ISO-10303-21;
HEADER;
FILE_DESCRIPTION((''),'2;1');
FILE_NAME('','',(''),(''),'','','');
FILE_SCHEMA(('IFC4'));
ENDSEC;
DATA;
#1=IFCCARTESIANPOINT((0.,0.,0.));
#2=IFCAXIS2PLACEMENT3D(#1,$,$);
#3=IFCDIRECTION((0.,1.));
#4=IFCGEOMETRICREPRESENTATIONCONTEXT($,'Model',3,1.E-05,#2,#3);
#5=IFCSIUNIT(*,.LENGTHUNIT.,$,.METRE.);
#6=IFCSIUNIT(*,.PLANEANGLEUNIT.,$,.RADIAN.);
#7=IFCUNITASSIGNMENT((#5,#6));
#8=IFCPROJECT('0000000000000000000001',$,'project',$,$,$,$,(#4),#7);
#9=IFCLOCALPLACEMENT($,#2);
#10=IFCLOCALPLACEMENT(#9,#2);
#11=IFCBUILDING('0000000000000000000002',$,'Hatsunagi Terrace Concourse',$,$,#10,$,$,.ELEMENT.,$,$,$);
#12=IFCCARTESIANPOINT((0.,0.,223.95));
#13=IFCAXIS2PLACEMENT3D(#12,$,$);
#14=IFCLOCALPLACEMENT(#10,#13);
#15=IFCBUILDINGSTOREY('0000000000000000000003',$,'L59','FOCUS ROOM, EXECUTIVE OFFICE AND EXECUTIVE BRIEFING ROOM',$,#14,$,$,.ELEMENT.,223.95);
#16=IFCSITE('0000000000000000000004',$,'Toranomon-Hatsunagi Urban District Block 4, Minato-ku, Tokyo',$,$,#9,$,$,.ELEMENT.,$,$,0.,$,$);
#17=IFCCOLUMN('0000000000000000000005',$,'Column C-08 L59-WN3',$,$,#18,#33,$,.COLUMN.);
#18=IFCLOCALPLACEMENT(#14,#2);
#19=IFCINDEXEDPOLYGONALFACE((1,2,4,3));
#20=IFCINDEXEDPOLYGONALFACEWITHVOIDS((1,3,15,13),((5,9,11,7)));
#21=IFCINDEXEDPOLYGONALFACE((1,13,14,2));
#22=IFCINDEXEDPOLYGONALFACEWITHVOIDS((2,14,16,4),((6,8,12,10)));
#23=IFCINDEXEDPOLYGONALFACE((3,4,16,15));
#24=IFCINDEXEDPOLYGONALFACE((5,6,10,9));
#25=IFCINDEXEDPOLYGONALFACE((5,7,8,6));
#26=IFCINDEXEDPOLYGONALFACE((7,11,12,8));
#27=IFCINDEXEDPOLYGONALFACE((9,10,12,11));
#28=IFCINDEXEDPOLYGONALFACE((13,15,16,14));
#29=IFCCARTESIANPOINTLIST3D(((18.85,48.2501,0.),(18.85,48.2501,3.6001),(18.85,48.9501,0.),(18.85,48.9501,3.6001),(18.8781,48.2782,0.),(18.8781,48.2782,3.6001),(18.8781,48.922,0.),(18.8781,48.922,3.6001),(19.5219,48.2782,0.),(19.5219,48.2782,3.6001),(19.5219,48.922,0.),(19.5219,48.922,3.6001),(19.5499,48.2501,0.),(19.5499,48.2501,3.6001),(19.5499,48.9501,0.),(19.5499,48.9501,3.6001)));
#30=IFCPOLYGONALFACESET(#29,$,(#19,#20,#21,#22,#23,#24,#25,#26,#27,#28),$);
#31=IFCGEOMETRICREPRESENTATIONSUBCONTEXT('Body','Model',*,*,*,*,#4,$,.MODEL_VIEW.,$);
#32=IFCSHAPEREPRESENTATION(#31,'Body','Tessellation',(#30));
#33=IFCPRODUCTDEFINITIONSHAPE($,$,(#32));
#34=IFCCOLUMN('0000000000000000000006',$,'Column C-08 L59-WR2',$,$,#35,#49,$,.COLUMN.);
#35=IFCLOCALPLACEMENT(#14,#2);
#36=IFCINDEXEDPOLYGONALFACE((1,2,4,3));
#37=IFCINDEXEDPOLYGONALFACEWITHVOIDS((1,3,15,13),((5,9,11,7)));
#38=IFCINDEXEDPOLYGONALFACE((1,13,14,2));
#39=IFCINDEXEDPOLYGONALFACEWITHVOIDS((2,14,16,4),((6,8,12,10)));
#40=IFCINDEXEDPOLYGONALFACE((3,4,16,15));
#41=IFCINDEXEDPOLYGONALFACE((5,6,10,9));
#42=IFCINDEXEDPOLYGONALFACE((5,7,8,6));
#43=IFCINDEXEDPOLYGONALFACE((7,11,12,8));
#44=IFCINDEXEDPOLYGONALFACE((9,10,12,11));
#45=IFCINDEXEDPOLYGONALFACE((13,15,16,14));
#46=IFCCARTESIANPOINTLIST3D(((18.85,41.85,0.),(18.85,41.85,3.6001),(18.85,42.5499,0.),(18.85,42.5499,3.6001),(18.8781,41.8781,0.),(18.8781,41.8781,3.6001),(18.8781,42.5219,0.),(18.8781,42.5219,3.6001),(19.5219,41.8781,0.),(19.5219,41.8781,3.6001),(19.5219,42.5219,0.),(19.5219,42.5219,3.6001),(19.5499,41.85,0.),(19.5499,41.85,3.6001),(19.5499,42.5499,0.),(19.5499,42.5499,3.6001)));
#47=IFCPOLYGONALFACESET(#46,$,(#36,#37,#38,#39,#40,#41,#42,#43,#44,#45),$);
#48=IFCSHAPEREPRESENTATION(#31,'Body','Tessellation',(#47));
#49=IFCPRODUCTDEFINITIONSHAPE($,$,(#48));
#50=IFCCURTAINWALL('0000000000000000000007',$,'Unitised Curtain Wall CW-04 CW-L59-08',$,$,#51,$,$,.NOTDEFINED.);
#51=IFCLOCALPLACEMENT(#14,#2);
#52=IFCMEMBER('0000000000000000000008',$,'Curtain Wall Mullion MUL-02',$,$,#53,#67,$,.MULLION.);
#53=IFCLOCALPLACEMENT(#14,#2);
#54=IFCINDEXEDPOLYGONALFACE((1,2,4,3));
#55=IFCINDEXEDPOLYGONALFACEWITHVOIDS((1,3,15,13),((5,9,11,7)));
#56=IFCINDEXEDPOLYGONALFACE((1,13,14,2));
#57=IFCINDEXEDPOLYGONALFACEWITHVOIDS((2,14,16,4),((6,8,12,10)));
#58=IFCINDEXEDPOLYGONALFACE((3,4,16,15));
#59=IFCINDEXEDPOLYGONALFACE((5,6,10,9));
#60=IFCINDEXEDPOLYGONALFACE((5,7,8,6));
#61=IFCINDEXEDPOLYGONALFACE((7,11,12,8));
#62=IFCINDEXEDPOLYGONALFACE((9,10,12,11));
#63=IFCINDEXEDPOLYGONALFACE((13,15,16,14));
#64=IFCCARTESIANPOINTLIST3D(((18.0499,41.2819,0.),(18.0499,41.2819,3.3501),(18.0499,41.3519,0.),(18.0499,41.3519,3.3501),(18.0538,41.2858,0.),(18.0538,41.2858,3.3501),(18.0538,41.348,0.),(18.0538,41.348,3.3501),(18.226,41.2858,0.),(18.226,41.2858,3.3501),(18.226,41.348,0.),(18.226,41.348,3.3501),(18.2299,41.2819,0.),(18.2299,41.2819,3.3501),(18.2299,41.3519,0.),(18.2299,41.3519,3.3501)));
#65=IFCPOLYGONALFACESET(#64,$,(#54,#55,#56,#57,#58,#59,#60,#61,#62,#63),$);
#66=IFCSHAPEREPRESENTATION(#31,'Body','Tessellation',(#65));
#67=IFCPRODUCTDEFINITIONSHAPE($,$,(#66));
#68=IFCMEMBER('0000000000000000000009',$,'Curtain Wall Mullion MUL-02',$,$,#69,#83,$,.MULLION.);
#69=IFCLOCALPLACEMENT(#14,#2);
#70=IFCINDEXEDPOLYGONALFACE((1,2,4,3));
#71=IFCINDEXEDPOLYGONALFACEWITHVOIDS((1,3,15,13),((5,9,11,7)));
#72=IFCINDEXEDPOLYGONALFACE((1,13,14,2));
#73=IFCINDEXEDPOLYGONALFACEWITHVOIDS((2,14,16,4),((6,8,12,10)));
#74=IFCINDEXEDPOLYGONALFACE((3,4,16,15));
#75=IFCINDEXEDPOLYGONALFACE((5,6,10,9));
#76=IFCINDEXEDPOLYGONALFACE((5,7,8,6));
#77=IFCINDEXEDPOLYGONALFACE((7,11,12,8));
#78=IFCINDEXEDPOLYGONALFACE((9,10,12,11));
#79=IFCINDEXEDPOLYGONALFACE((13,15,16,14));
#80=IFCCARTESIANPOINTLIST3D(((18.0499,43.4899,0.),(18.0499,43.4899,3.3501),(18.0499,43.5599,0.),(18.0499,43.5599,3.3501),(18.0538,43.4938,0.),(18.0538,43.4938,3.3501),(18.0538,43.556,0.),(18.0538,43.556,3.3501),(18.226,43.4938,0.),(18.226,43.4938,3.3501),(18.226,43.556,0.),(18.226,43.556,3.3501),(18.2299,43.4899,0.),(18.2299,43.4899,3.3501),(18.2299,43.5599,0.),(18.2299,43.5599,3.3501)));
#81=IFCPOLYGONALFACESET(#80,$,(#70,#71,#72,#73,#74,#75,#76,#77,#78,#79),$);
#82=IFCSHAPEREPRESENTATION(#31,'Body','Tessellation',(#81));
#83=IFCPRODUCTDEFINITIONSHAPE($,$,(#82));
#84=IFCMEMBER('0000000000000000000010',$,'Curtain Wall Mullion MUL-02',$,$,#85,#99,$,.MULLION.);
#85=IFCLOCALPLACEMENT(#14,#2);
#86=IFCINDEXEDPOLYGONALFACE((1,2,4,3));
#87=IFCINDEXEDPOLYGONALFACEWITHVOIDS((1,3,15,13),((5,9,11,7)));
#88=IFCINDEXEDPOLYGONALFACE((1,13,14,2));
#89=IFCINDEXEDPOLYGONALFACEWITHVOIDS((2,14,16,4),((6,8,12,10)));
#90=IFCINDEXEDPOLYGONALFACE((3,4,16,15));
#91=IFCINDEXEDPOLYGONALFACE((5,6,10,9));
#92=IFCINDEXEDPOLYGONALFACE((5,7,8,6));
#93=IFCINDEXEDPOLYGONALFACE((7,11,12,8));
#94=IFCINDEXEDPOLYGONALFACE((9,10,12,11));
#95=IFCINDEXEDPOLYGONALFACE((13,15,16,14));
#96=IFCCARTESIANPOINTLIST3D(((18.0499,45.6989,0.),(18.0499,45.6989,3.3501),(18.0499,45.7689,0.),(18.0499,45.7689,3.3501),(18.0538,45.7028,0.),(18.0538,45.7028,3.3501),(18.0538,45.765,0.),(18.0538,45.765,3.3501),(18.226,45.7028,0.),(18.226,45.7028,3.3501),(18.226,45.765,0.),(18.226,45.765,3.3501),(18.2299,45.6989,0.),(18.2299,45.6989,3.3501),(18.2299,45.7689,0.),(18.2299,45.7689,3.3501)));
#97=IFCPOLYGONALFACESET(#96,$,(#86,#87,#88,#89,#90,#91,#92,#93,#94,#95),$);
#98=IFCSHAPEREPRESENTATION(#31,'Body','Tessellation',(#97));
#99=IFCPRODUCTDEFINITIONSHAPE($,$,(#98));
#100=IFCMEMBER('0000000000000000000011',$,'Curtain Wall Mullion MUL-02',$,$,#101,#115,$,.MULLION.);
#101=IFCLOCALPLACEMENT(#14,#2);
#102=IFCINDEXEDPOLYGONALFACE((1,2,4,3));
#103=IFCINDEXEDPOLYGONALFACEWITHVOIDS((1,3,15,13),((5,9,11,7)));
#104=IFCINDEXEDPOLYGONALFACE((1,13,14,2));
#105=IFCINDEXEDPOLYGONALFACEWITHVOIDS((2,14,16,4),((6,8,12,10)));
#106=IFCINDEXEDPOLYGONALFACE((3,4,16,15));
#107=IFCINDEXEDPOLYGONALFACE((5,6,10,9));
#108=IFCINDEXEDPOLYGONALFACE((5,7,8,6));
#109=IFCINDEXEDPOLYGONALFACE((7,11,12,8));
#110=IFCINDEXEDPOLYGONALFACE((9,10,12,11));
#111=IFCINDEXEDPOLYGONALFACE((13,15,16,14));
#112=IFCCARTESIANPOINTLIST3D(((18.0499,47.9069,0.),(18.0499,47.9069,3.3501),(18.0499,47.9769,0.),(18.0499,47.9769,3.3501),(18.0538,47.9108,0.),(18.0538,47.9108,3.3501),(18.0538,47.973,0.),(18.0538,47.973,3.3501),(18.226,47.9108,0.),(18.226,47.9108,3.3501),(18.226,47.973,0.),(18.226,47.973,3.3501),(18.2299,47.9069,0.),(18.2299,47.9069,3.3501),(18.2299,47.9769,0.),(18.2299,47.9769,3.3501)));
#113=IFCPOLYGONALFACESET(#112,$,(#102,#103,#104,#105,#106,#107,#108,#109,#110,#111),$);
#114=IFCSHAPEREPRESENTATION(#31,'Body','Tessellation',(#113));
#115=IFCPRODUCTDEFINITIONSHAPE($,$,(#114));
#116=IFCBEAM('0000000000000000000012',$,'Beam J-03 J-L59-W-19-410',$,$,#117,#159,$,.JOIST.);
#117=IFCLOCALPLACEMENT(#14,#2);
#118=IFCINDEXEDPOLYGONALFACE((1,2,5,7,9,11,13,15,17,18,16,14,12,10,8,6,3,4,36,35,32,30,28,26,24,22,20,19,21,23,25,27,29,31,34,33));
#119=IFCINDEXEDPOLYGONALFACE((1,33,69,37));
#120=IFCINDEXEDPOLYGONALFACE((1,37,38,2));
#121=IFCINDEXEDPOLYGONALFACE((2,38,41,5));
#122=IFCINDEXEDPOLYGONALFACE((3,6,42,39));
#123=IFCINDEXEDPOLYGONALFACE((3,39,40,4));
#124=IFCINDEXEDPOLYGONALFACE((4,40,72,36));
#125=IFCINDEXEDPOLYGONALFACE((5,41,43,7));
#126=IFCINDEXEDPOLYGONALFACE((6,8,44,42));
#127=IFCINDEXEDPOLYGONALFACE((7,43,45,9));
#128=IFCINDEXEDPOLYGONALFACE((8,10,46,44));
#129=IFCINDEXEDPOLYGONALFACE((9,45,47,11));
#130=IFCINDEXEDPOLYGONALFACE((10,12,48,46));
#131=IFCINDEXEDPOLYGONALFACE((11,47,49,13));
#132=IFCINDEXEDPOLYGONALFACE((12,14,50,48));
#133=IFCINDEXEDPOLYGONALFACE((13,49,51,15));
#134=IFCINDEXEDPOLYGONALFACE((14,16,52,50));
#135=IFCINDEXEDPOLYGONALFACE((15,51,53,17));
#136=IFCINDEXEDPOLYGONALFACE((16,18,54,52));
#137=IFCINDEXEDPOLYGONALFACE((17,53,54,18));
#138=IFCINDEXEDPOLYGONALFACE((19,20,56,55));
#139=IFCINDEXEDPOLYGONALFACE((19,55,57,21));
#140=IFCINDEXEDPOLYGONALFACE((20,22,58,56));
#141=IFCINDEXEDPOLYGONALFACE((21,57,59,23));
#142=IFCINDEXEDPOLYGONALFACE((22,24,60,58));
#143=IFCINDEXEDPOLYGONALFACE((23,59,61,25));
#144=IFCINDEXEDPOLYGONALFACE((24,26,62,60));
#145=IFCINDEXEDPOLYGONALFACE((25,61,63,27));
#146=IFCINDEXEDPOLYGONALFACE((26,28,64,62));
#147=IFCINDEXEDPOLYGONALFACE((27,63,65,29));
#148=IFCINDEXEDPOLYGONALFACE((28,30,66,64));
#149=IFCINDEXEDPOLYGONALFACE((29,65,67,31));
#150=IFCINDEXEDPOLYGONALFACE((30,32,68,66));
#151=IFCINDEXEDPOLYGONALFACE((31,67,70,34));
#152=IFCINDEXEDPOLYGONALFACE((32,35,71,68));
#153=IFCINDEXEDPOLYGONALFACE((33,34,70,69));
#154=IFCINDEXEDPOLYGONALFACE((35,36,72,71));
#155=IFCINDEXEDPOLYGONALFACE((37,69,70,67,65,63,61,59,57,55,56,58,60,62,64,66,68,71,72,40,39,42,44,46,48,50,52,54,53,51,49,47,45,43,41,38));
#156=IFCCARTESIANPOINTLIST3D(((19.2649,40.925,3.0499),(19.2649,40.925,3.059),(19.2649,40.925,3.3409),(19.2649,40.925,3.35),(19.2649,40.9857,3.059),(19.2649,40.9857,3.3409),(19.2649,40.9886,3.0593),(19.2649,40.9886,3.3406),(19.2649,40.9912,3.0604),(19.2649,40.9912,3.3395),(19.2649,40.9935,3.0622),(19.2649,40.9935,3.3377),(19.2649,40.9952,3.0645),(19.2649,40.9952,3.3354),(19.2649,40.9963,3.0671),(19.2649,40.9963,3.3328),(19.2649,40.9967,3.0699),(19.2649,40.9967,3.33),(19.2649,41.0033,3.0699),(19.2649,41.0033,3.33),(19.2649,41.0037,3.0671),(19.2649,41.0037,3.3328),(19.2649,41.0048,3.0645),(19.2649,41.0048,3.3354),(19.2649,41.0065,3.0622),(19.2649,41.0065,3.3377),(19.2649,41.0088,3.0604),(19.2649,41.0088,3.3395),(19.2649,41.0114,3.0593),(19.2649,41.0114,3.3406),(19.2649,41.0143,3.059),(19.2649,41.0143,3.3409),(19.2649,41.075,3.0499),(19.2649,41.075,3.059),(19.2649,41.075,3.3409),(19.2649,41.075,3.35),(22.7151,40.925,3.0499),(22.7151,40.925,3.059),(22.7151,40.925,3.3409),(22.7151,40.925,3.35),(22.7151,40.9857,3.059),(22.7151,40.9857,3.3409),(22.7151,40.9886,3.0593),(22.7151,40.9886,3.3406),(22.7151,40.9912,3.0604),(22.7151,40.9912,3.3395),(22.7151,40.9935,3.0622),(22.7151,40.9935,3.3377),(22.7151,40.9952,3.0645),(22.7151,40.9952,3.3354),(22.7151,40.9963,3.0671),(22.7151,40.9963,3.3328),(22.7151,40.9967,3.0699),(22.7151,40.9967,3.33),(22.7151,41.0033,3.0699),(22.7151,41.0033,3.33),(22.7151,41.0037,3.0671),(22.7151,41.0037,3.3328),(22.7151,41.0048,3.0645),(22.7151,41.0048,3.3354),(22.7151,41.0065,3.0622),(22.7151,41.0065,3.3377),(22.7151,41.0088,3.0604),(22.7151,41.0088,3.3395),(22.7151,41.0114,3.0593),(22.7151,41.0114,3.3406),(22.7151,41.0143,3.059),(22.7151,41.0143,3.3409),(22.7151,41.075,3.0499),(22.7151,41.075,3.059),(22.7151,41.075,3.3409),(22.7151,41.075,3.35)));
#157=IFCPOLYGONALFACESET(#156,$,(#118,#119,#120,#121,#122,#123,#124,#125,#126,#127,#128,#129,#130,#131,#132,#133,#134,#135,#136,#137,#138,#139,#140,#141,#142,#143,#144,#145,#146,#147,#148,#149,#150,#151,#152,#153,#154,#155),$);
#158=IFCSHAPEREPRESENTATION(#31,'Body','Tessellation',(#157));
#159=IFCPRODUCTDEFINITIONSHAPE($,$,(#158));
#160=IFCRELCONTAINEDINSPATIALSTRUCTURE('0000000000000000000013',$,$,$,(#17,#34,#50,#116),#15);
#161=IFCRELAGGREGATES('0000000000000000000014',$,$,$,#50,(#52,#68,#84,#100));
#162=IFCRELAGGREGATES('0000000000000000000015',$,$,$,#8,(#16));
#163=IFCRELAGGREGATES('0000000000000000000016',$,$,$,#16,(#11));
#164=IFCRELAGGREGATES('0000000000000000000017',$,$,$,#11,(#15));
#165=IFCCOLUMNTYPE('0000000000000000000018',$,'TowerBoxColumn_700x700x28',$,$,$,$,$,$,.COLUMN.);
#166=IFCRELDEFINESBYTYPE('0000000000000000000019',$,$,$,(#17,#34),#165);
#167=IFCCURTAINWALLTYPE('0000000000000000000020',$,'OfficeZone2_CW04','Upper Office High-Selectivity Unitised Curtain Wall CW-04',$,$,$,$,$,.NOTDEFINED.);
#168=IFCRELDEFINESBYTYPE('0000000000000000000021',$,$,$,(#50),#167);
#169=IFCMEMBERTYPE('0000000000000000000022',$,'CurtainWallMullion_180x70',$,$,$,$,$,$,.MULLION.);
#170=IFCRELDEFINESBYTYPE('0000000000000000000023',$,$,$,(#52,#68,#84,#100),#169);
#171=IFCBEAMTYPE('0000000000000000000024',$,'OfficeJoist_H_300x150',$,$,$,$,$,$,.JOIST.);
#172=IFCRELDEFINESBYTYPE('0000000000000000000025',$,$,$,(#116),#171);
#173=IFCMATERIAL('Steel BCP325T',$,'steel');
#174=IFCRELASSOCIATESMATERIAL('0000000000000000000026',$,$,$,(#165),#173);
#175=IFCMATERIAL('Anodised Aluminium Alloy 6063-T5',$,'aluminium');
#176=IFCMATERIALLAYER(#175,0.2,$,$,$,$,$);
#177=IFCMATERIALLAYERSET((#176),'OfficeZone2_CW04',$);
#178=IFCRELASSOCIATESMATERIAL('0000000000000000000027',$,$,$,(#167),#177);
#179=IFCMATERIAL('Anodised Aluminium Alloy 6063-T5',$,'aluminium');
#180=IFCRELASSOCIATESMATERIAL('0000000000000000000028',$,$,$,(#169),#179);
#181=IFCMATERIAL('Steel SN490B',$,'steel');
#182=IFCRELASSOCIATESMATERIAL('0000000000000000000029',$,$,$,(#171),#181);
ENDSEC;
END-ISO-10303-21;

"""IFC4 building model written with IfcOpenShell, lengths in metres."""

from ifc_helpers import new_model, si_unit, direction, frame, origin, origin_2d, place, context, subcontext, project, spatial, hollow_rectangle, i_section, extrude, material, layer, layer_set, material_profile, profile_set, type_object, element, aggregate, save


model = new_model("IFC4")

# Units and contexts
model_context = context("Model", 3, precision=1e-05, world=origin(), true_north=direction((0.0, 1.0)))
body_context = subcontext(model_context, "Body", "Model", "MODEL_VIEW")
ifc_project = project(units=[si_unit("LENGTHUNIT", "METRE"), si_unit("PLANEANGLEUNIT", "RADIAN")], contexts=[model_context])

# Site, building, storey
site_placement = place(None, origin())
site = spatial("IfcSite", under=ifc_project, at=site_placement, Name="Toranomon-Hatsunagi Urban District Block 4, Minato-ku, Tokyo", CompositionType="ELEMENT", RefElevation=0.0)
building_placement = place(site_placement, origin())
building = spatial("IfcBuilding", under=site, at=building_placement, Name="Hatsunagi Terrace Concourse", CompositionType="ELEMENT")
storey_placement = place(building_placement, frame((0.0, 0.0, 223.95)))
storey = spatial("IfcBuildingStorey", under=building, at=storey_placement, Name="L59", Description="FOCUS ROOM, EXECUTIVE OFFICE AND EXECUTIVE BRIEFING ROOM", CompositionType="ELEMENT", Elevation=223.95)

# Columns
ifc_material_1 = material(Name="Steel BCP325T", Category="steel")
ifc_material_profile_1 = material_profile(ifc_material_1, hollow_rectangle(XDim=0.7, YDim=0.7, WallThickness=0.0281, at=origin_2d()), Name="BCP-700x700x28")
ifc_profile_set_1 = profile_set([ifc_material_profile_1], Name="Steel BCP325T")
column_type = type_object("IfcColumnType", Name="TowerBoxColumn_700x700x28", PredefinedType="COLUMN", material=ifc_profile_set_1)
for number, where, z_axis, x_axis, name in (
    (1, (19.2, 48.6001, 0.0), (0.0, 0.0, 1.0), (1.0, 0.0, 0.0), "Column C-08 L59-WN3"),
    (2, (19.2, 42.2, 0.0), (0.0, 0.0, 1.0), (1.0, 0.0, 0.0), "Column C-08 L59-WR2"),
):
    element("IfcColumn", number, at=place(storey_placement, frame(where, z_axis=z_axis, x_axis=x_axis)), inside=storey, type_object=column_type, Name=name, PredefinedType="COLUMN", context=body_context, shape_type="SweptSolid", body=[
        extrude(hollow_rectangle(XDim=0.7, YDim=0.7, WallThickness=0.0281, at=origin_2d()), origin(), (0.0, 0.0, 1.0), 3.6001),
    ])

# Curtain wall, members
ifc_material_2 = material(Name="Anodised Aluminium Alloy 6063-T5", Category="aluminium")
ifc_layer_1 = layer(ifc_material_2, 0.2)
ifc_layer_set_1 = layer_set([ifc_layer_1], Name="OfficeZone2_CW04")
curtain_wall_type = type_object("IfcCurtainWallType", Name="OfficeZone2_CW04", Description="Upper Office High-Selectivity Unitised Curtain Wall CW-04", PredefinedType="NOTDEFINED", material=ifc_layer_set_1)
curtain_wall_placement = place(storey_placement, origin())
curtain_wall = element("IfcCurtainWall", 3, at=curtain_wall_placement, inside=storey, type_object=curtain_wall_type, Name="Unitised Curtain Wall CW-04 CW-L59-08", PredefinedType="NOTDEFINED")
ifc_material_3 = material(Name="Anodised Aluminium Alloy 6063-T5", Category="aluminium")
ifc_material_profile_2 = material_profile(ifc_material_3, hollow_rectangle(XDim=0.0701, YDim=0.1799, WallThickness=0.0039, at=origin_2d()), Name="ALU-MUL-180x70x4")
ifc_profile_set_2 = profile_set([ifc_material_profile_2], Name="Anodised Aluminium Alloy 6063-T5")
member_type = type_object("IfcMemberType", Name="CurtainWallMullion_180x70", PredefinedType="MULLION", material=ifc_profile_set_2)
member_1_placement = place(storey_placement, frame((18.1399, 41.3169, 0.0), z_axis=(0.0, 0.0, 1.0), x_axis=(0.0, 1.0, 0.0)))
member_1 = element("IfcMember", 4, at=member_1_placement, type_object=member_type, Name="Curtain Wall Mullion MUL-02", PredefinedType="MULLION", context=body_context, shape_type="SweptSolid", body=[
    extrude(hollow_rectangle(XDim=0.0701, YDim=0.1799, WallThickness=0.0039, at=origin_2d()), origin(), (0.0, 0.0, 1.0), 3.3501),
])
member_2_placement = place(storey_placement, frame((18.1399, 43.5249, 0.0), z_axis=(0.0, 0.0, 1.0), x_axis=(0.0, 1.0, 0.0)))
member_2 = element("IfcMember", 5, at=member_2_placement, type_object=member_type, Name="Curtain Wall Mullion MUL-02", PredefinedType="MULLION", context=body_context, shape_type="SweptSolid", body=[
    extrude(hollow_rectangle(XDim=0.0701, YDim=0.1799, WallThickness=0.0039, at=origin_2d()), origin(), (0.0, 0.0, 1.0), 3.3501),
])
member_3_placement = place(storey_placement, frame((18.1399, 45.7339, 0.0), z_axis=(0.0, 0.0, 1.0), x_axis=(0.0, 1.0, 0.0)))
member_3 = element("IfcMember", 6, at=member_3_placement, type_object=member_type, Name="Curtain Wall Mullion MUL-02", PredefinedType="MULLION", context=body_context, shape_type="SweptSolid", body=[
    extrude(hollow_rectangle(XDim=0.0701, YDim=0.1799, WallThickness=0.0039, at=origin_2d()), origin(), (0.0, 0.0, 1.0), 3.3501),
])
member_4_placement = place(storey_placement, frame((18.1399, 47.9419, 0.0), z_axis=(0.0, 0.0, 1.0), x_axis=(0.0, 1.0, 0.0)))
member_4 = element("IfcMember", 7, at=member_4_placement, type_object=member_type, Name="Curtain Wall Mullion MUL-02", PredefinedType="MULLION", context=body_context, shape_type="SweptSolid", body=[
    extrude(hollow_rectangle(XDim=0.0701, YDim=0.1799, WallThickness=0.0039, at=origin_2d()), origin(), (0.0, 0.0, 1.0), 3.3501),
])

# Beam
ifc_material_4 = material(Name="Steel SN490B", Category="steel")
ifc_material_profile_3 = material_profile(ifc_material_4, i_section(OverallWidth=0.1499, OverallDepth=0.3, WebThickness=0.0066, FlangeThickness=0.009, FilletRadius=0.011, at=origin_2d()), Name="H-300x150x6.5x9")
ifc_profile_set_3 = profile_set([ifc_material_profile_3], Name="Steel SN490B")
beam_type_1 = type_object("IfcBeamType", Name="OfficeJoist_H_300x150", PredefinedType="JOIST", material=ifc_profile_set_3)
beam_1_placement = place(storey_placement, frame((19.2649, 41.0, 3.2), z_axis=(1.0, 0.0, 0.0), x_axis=(0.0, 1.0, 0.0)))
element("IfcBeam", 8, at=beam_1_placement, inside=storey, type_object=beam_type_1, Name="Beam J-03 J-L59-W-19-410", PredefinedType="JOIST", context=body_context, shape_type="SweptSolid", body=[
    extrude(i_section(OverallWidth=0.1499, OverallDepth=0.3, WebThickness=0.0066, FlangeThickness=0.009, FilletRadius=0.011, at=origin_2d()), origin(), (0.0, 0.0, 1.0), 3.4502),
])

aggregate(curtain_wall, [member_1, member_2, member_3, member_4])

save(model, "model.ifc")
